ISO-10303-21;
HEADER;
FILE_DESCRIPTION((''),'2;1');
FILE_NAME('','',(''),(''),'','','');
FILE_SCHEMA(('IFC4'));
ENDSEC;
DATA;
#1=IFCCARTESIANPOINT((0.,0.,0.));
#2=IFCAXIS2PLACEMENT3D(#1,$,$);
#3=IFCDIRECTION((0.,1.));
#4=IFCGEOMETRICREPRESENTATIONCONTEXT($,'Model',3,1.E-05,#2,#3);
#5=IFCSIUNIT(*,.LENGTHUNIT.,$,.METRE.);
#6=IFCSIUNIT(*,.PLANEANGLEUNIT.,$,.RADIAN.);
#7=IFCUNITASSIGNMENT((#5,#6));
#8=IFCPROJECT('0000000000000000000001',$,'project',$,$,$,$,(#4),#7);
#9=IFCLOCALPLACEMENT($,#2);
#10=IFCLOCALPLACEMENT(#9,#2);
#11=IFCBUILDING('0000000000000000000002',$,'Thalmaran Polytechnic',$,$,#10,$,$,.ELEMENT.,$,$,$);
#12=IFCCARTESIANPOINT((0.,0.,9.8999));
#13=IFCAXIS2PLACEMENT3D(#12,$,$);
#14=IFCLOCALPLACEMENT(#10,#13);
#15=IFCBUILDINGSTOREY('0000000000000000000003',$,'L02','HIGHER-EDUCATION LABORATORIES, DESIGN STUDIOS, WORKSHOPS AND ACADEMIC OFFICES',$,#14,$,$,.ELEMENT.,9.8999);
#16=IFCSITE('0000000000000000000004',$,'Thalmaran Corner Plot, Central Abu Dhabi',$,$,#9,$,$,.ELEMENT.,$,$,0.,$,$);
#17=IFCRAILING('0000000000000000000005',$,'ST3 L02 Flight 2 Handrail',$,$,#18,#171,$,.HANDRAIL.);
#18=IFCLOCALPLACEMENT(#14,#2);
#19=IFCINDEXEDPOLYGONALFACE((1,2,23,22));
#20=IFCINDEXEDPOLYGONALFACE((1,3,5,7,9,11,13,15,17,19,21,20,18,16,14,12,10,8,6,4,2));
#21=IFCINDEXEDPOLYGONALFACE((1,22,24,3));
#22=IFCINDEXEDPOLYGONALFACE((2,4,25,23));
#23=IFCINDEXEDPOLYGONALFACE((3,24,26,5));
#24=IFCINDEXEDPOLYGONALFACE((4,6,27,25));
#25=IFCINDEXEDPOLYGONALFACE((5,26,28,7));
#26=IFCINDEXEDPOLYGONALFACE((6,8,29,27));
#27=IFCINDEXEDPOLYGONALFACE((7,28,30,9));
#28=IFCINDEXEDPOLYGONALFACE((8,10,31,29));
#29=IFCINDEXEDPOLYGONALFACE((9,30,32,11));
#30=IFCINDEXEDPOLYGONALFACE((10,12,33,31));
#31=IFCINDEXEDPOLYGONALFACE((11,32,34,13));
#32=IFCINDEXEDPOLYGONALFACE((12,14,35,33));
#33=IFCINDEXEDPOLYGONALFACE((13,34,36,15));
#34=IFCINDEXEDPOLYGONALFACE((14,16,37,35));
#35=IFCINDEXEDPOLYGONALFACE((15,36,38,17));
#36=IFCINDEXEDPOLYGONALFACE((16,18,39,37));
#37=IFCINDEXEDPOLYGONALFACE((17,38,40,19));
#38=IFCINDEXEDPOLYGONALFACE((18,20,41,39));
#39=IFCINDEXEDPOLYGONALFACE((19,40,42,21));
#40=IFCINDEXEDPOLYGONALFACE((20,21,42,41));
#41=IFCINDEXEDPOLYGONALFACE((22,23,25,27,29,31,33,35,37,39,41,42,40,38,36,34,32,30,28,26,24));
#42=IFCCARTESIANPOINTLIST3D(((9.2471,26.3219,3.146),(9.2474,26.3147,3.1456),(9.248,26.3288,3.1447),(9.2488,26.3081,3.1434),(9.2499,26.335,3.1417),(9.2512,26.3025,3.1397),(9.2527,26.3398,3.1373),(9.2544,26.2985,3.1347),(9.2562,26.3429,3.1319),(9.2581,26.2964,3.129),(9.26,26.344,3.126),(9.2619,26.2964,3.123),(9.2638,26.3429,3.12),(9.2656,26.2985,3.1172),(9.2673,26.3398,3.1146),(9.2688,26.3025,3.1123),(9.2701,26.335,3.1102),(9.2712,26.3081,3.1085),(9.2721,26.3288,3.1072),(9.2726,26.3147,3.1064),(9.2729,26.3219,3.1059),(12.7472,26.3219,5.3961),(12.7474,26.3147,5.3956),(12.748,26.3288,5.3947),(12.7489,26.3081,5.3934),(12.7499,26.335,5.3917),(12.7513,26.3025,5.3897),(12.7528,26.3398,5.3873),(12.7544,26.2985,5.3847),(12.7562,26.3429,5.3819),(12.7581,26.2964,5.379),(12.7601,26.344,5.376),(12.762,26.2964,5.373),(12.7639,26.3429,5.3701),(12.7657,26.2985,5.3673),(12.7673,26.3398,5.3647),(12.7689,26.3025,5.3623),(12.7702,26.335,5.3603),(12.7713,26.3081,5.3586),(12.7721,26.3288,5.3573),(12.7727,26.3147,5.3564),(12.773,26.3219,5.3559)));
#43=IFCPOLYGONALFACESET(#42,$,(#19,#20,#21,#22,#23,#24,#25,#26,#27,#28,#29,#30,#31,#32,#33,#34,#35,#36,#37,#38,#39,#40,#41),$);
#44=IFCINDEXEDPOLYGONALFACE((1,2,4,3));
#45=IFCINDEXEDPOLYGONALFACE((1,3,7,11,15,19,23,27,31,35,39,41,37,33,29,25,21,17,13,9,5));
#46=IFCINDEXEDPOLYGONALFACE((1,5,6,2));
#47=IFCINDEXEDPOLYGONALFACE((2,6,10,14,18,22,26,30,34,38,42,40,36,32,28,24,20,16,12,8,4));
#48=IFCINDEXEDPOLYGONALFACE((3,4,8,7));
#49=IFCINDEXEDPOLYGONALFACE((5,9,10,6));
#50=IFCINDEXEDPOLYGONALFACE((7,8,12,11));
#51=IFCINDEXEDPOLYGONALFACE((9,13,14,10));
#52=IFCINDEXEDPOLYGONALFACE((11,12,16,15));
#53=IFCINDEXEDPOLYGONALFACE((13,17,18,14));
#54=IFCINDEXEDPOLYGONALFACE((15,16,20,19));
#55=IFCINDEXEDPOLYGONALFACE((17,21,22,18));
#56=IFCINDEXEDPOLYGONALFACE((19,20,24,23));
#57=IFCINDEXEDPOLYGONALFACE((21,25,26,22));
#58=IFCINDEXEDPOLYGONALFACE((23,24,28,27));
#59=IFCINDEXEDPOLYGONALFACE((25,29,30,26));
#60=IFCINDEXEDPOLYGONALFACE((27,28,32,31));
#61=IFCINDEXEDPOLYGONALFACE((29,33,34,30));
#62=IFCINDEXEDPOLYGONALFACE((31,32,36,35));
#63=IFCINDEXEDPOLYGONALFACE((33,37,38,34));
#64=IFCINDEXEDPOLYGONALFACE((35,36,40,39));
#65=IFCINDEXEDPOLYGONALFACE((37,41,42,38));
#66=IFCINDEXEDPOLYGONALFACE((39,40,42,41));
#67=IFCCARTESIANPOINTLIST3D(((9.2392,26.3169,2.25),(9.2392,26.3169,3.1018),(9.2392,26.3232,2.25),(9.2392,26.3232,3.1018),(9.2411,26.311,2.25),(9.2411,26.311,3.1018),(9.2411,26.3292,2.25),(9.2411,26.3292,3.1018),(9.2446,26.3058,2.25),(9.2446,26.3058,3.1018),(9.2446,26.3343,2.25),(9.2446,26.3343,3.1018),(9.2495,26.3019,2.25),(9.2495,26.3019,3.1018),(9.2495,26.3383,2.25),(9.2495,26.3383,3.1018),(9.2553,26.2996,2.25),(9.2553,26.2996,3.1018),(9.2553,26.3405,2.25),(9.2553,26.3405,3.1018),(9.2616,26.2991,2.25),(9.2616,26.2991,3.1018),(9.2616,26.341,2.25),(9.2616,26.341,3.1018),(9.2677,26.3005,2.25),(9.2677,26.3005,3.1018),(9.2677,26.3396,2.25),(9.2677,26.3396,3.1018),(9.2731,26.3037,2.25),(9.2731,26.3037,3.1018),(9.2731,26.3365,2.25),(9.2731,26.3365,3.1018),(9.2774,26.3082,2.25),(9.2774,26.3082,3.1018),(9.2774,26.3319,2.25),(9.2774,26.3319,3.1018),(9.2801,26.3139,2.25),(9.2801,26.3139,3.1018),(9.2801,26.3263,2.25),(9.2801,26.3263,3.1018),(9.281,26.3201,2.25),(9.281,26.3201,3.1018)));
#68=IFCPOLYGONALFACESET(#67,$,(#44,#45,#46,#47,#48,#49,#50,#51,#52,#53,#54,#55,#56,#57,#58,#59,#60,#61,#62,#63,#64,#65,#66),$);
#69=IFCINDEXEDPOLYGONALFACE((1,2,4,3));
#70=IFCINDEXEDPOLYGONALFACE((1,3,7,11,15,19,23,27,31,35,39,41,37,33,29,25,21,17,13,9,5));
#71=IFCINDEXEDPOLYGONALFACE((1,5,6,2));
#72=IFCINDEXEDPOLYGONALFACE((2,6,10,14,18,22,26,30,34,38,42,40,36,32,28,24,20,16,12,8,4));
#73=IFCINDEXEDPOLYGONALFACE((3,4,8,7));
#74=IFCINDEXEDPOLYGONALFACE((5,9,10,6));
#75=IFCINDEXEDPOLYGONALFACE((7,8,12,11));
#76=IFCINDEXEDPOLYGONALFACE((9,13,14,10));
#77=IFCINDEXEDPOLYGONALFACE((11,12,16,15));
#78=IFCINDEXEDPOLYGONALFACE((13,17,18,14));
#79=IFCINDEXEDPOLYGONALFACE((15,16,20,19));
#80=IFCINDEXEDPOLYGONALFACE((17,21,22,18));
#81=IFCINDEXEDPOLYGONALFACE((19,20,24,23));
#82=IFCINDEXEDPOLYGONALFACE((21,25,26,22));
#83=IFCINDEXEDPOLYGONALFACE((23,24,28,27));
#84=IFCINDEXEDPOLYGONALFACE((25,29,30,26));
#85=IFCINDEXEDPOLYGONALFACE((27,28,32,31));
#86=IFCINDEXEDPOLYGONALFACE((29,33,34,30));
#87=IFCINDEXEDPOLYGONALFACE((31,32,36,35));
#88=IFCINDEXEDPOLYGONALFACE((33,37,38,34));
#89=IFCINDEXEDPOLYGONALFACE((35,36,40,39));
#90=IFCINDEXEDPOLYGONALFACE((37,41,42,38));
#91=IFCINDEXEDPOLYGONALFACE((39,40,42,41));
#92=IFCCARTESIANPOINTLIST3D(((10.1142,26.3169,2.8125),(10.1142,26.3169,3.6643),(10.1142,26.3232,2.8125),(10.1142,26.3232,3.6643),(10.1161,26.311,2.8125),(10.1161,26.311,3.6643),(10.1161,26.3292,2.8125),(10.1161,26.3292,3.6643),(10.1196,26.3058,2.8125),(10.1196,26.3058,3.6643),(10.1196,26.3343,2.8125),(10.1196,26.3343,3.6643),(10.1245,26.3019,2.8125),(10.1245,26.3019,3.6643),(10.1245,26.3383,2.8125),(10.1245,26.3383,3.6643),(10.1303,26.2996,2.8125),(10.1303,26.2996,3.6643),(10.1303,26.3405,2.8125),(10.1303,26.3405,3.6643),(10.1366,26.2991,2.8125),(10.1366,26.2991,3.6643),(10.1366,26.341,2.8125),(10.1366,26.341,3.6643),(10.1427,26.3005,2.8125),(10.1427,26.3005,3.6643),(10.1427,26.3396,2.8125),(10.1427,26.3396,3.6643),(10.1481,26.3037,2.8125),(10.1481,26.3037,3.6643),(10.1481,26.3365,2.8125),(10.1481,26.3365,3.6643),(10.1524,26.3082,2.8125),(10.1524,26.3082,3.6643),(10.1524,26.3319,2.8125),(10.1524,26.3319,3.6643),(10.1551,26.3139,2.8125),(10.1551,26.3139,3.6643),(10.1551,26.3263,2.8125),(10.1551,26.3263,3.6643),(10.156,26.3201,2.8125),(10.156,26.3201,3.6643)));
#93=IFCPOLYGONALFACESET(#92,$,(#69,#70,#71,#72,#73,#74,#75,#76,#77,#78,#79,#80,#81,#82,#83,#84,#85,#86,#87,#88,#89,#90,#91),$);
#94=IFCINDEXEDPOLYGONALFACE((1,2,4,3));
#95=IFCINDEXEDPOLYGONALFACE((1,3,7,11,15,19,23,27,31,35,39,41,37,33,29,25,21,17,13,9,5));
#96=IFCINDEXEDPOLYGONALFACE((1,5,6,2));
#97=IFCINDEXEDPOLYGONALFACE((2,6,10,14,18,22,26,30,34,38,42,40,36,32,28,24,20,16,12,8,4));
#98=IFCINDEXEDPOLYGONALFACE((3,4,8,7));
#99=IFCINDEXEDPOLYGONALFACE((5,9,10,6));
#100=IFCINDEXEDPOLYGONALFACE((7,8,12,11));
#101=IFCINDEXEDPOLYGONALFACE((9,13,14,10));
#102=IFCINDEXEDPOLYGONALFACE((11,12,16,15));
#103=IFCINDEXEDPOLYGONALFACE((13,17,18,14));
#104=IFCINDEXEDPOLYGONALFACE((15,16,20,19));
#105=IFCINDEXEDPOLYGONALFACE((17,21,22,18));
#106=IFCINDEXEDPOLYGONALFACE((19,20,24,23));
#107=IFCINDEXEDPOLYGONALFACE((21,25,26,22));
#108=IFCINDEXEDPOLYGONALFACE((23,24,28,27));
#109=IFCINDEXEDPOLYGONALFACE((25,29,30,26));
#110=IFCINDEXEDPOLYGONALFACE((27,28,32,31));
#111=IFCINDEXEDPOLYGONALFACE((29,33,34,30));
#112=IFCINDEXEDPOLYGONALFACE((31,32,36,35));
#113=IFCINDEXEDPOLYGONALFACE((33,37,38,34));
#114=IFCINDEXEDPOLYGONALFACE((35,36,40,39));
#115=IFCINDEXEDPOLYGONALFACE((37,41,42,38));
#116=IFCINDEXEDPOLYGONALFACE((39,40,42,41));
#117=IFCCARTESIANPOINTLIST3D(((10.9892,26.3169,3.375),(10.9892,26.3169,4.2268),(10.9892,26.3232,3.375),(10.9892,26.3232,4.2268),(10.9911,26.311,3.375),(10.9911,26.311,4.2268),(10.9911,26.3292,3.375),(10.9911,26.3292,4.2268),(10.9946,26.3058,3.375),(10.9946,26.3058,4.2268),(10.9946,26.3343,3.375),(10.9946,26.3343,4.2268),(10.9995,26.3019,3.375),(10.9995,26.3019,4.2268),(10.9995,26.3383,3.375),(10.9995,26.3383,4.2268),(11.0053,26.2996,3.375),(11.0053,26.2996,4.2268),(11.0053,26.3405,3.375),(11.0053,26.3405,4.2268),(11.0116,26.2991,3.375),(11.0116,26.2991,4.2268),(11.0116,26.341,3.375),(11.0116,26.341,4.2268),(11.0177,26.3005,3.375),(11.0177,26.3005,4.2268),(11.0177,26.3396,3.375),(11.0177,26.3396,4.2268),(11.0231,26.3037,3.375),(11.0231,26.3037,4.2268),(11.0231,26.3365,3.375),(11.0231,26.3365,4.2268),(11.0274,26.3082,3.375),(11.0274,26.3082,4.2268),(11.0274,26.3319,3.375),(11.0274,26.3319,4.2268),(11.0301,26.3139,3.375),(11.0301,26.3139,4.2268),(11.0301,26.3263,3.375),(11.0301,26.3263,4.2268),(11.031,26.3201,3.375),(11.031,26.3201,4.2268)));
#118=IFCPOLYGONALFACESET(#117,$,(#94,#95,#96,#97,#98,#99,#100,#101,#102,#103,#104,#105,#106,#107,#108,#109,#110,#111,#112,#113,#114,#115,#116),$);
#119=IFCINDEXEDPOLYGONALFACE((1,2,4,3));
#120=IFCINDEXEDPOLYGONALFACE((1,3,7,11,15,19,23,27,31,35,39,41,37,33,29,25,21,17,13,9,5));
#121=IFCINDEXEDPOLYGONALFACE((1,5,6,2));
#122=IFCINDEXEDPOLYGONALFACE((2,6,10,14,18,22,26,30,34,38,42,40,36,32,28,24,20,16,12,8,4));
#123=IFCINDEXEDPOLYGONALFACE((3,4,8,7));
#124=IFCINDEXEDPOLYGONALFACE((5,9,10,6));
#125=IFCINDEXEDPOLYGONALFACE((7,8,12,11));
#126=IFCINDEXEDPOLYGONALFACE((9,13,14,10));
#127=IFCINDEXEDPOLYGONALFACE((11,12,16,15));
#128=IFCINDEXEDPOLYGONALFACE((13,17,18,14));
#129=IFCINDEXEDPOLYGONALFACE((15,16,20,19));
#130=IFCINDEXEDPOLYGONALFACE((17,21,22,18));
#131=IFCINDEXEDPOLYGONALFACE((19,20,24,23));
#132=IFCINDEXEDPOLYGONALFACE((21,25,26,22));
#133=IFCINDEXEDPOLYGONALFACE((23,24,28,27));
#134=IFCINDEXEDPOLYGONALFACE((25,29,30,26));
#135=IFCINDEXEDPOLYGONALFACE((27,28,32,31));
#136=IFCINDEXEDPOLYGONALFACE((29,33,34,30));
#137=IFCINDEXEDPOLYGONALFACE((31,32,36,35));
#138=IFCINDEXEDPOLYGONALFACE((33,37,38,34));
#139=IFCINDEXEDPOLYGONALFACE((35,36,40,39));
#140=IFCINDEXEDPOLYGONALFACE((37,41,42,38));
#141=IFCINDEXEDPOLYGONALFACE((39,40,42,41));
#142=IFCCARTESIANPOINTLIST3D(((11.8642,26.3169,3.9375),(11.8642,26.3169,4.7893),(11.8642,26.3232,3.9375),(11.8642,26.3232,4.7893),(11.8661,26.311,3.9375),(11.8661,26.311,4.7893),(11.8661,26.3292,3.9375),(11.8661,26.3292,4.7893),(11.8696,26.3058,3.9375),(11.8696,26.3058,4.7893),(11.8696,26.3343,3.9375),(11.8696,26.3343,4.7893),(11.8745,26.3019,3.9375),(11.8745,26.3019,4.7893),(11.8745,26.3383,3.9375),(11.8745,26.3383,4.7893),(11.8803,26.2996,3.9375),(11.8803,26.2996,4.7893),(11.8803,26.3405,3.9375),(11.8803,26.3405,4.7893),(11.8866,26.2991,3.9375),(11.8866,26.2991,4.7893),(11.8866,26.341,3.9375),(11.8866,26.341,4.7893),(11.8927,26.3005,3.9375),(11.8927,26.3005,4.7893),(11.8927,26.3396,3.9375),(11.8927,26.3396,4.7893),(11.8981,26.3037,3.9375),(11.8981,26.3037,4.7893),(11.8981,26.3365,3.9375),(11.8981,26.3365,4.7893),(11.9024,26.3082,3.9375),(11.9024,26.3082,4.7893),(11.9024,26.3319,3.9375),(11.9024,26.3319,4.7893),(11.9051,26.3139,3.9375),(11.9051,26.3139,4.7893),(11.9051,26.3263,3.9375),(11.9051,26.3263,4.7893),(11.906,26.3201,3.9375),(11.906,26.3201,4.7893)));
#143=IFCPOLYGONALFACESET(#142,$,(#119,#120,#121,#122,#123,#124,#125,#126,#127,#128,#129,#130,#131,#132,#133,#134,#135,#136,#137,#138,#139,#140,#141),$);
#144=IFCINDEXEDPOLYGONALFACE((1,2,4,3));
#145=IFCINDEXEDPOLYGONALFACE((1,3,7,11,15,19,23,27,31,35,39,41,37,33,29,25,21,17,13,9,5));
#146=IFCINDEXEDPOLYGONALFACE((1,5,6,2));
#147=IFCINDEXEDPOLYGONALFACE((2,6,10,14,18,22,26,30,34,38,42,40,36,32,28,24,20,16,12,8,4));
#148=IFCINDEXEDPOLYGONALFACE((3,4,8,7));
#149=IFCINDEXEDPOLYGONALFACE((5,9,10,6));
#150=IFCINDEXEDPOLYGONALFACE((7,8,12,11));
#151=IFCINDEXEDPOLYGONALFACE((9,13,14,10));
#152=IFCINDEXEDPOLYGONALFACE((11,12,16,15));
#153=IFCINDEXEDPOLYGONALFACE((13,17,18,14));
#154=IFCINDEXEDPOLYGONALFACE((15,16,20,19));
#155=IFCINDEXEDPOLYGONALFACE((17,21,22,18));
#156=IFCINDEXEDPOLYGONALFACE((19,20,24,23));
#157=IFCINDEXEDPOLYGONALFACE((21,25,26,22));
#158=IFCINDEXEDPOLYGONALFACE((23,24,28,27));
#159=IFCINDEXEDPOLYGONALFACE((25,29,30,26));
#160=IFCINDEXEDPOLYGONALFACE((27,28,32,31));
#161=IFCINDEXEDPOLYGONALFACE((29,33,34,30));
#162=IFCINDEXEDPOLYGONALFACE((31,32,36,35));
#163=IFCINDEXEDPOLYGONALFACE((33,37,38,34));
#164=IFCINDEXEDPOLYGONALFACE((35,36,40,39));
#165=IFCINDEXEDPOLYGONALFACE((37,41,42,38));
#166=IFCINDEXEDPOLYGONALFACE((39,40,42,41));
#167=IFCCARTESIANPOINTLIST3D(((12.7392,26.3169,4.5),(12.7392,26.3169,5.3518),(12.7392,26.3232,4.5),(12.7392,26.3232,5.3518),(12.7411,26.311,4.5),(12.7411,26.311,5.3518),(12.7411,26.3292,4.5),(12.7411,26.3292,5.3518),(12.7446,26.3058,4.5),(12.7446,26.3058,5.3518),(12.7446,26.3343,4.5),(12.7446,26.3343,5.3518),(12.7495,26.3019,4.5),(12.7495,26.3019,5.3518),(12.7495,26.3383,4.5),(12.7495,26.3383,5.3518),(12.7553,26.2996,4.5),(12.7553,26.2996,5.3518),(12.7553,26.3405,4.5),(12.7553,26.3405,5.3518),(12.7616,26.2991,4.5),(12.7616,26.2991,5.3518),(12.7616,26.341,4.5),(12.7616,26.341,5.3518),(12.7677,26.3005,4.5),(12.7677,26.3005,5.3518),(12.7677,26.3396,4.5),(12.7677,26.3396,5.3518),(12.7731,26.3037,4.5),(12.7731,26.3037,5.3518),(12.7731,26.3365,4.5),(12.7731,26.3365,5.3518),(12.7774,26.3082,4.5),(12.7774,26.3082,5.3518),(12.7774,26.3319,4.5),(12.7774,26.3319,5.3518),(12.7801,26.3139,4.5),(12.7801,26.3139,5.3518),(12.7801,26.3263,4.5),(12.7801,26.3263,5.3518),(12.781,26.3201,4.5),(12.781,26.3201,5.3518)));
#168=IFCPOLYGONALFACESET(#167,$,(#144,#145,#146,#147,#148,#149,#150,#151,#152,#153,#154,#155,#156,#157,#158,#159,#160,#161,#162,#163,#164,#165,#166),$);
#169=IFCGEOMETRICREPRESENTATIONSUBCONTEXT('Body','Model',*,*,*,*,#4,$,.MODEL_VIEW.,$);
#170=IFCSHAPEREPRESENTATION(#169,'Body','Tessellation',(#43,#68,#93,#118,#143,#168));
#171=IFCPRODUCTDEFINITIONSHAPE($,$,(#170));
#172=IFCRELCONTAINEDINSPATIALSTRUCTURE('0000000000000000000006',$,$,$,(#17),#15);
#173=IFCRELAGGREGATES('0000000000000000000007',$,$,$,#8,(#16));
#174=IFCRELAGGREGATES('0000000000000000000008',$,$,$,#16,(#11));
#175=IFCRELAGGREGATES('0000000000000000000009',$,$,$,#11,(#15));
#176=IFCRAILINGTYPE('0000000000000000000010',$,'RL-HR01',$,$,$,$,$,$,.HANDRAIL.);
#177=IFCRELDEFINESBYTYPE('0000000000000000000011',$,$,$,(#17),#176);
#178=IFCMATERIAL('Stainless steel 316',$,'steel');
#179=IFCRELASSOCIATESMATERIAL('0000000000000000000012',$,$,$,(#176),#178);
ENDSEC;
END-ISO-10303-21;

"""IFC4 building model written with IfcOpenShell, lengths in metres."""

from ifc_helpers import new_model, si_unit, direction, frame, origin, origin_2d, place, context, subcontext, project, spatial, circle, extrude, material, type_object, element, save


model = new_model("IFC4")

# Units and contexts
model_context = context("Model", 3, precision=1e-05, world=origin(), true_north=direction((0.0, 1.0)))
body_context = subcontext(model_context, "Body", "Model", "MODEL_VIEW")
ifc_project = project(units=[si_unit("LENGTHUNIT", "METRE"), si_unit("PLANEANGLEUNIT", "RADIAN")], contexts=[model_context])

# Site, building, storey
site_placement = place(None, origin())
site = spatial("IfcSite", under=ifc_project, at=site_placement, Name="Thalmaran Corner Plot, Central Abu Dhabi", CompositionType="ELEMENT", RefElevation=0.0)
building_placement = place(site_placement, origin())
building = spatial("IfcBuilding", under=site, at=building_placement, Name="Thalmaran Polytechnic", CompositionType="ELEMENT")
storey_placement = place(building_placement, frame((0.0, 0.0, 9.8999)))
storey = spatial("IfcBuildingStorey", under=building, at=storey_placement, Name="L02", Description="HIGHER-EDUCATION LABORATORIES, DESIGN STUDIOS, WORKSHOPS AND ACADEMIC OFFICES", CompositionType="ELEMENT", Elevation=9.8999)

# Railing
ifc_material_1 = material(Name="Stainless steel 316", Category="steel")
railing_type_1 = type_object("IfcRailingType", Name="RL-HR01", PredefinedType="HANDRAIL", material=ifc_material_1)
railing_1_placement = place(storey_placement, frame((9.26, 26.3201, 2.25)))
element("IfcRailing", 1, at=railing_1_placement, inside=storey, type_object=railing_type_1, Name="ST3 L02 Flight 2 Handrail", PredefinedType="HANDRAIL", context=body_context, shape_type="SweptSolid", body=[
    extrude(circle(Radius=0.0239, at=origin_2d()), frame((0.0, 0.0, 0.876), z_axis=(0.841178, 0.0, 0.540758), x_axis=(0.0, 1.0, 0.0)), (0.0, 0.0, 1.0), 4.1609),
    extrude(circle(Radius=0.021, at=origin_2d()), origin(), (0.0, 0.0, 1.0), 0.8518),
    extrude(circle(Radius=0.021, at=origin_2d()), frame((0.875, 0.0, 0.5625)), (0.0, 0.0, 1.0), 0.8518),
    extrude(circle(Radius=0.021, at=origin_2d()), frame((1.75, 0.0, 1.125)), (0.0, 0.0, 1.0), 0.8518),
    extrude(circle(Radius=0.021, at=origin_2d()), frame((2.625, 0.0, 1.6875)), (0.0, 0.0, 1.0), 0.8518),
    extrude(circle(Radius=0.021, at=origin_2d()), frame((3.5, 0.0, 2.25)), (0.0, 0.0, 1.0), 0.8518),
])

save(model, "model.ifc")
